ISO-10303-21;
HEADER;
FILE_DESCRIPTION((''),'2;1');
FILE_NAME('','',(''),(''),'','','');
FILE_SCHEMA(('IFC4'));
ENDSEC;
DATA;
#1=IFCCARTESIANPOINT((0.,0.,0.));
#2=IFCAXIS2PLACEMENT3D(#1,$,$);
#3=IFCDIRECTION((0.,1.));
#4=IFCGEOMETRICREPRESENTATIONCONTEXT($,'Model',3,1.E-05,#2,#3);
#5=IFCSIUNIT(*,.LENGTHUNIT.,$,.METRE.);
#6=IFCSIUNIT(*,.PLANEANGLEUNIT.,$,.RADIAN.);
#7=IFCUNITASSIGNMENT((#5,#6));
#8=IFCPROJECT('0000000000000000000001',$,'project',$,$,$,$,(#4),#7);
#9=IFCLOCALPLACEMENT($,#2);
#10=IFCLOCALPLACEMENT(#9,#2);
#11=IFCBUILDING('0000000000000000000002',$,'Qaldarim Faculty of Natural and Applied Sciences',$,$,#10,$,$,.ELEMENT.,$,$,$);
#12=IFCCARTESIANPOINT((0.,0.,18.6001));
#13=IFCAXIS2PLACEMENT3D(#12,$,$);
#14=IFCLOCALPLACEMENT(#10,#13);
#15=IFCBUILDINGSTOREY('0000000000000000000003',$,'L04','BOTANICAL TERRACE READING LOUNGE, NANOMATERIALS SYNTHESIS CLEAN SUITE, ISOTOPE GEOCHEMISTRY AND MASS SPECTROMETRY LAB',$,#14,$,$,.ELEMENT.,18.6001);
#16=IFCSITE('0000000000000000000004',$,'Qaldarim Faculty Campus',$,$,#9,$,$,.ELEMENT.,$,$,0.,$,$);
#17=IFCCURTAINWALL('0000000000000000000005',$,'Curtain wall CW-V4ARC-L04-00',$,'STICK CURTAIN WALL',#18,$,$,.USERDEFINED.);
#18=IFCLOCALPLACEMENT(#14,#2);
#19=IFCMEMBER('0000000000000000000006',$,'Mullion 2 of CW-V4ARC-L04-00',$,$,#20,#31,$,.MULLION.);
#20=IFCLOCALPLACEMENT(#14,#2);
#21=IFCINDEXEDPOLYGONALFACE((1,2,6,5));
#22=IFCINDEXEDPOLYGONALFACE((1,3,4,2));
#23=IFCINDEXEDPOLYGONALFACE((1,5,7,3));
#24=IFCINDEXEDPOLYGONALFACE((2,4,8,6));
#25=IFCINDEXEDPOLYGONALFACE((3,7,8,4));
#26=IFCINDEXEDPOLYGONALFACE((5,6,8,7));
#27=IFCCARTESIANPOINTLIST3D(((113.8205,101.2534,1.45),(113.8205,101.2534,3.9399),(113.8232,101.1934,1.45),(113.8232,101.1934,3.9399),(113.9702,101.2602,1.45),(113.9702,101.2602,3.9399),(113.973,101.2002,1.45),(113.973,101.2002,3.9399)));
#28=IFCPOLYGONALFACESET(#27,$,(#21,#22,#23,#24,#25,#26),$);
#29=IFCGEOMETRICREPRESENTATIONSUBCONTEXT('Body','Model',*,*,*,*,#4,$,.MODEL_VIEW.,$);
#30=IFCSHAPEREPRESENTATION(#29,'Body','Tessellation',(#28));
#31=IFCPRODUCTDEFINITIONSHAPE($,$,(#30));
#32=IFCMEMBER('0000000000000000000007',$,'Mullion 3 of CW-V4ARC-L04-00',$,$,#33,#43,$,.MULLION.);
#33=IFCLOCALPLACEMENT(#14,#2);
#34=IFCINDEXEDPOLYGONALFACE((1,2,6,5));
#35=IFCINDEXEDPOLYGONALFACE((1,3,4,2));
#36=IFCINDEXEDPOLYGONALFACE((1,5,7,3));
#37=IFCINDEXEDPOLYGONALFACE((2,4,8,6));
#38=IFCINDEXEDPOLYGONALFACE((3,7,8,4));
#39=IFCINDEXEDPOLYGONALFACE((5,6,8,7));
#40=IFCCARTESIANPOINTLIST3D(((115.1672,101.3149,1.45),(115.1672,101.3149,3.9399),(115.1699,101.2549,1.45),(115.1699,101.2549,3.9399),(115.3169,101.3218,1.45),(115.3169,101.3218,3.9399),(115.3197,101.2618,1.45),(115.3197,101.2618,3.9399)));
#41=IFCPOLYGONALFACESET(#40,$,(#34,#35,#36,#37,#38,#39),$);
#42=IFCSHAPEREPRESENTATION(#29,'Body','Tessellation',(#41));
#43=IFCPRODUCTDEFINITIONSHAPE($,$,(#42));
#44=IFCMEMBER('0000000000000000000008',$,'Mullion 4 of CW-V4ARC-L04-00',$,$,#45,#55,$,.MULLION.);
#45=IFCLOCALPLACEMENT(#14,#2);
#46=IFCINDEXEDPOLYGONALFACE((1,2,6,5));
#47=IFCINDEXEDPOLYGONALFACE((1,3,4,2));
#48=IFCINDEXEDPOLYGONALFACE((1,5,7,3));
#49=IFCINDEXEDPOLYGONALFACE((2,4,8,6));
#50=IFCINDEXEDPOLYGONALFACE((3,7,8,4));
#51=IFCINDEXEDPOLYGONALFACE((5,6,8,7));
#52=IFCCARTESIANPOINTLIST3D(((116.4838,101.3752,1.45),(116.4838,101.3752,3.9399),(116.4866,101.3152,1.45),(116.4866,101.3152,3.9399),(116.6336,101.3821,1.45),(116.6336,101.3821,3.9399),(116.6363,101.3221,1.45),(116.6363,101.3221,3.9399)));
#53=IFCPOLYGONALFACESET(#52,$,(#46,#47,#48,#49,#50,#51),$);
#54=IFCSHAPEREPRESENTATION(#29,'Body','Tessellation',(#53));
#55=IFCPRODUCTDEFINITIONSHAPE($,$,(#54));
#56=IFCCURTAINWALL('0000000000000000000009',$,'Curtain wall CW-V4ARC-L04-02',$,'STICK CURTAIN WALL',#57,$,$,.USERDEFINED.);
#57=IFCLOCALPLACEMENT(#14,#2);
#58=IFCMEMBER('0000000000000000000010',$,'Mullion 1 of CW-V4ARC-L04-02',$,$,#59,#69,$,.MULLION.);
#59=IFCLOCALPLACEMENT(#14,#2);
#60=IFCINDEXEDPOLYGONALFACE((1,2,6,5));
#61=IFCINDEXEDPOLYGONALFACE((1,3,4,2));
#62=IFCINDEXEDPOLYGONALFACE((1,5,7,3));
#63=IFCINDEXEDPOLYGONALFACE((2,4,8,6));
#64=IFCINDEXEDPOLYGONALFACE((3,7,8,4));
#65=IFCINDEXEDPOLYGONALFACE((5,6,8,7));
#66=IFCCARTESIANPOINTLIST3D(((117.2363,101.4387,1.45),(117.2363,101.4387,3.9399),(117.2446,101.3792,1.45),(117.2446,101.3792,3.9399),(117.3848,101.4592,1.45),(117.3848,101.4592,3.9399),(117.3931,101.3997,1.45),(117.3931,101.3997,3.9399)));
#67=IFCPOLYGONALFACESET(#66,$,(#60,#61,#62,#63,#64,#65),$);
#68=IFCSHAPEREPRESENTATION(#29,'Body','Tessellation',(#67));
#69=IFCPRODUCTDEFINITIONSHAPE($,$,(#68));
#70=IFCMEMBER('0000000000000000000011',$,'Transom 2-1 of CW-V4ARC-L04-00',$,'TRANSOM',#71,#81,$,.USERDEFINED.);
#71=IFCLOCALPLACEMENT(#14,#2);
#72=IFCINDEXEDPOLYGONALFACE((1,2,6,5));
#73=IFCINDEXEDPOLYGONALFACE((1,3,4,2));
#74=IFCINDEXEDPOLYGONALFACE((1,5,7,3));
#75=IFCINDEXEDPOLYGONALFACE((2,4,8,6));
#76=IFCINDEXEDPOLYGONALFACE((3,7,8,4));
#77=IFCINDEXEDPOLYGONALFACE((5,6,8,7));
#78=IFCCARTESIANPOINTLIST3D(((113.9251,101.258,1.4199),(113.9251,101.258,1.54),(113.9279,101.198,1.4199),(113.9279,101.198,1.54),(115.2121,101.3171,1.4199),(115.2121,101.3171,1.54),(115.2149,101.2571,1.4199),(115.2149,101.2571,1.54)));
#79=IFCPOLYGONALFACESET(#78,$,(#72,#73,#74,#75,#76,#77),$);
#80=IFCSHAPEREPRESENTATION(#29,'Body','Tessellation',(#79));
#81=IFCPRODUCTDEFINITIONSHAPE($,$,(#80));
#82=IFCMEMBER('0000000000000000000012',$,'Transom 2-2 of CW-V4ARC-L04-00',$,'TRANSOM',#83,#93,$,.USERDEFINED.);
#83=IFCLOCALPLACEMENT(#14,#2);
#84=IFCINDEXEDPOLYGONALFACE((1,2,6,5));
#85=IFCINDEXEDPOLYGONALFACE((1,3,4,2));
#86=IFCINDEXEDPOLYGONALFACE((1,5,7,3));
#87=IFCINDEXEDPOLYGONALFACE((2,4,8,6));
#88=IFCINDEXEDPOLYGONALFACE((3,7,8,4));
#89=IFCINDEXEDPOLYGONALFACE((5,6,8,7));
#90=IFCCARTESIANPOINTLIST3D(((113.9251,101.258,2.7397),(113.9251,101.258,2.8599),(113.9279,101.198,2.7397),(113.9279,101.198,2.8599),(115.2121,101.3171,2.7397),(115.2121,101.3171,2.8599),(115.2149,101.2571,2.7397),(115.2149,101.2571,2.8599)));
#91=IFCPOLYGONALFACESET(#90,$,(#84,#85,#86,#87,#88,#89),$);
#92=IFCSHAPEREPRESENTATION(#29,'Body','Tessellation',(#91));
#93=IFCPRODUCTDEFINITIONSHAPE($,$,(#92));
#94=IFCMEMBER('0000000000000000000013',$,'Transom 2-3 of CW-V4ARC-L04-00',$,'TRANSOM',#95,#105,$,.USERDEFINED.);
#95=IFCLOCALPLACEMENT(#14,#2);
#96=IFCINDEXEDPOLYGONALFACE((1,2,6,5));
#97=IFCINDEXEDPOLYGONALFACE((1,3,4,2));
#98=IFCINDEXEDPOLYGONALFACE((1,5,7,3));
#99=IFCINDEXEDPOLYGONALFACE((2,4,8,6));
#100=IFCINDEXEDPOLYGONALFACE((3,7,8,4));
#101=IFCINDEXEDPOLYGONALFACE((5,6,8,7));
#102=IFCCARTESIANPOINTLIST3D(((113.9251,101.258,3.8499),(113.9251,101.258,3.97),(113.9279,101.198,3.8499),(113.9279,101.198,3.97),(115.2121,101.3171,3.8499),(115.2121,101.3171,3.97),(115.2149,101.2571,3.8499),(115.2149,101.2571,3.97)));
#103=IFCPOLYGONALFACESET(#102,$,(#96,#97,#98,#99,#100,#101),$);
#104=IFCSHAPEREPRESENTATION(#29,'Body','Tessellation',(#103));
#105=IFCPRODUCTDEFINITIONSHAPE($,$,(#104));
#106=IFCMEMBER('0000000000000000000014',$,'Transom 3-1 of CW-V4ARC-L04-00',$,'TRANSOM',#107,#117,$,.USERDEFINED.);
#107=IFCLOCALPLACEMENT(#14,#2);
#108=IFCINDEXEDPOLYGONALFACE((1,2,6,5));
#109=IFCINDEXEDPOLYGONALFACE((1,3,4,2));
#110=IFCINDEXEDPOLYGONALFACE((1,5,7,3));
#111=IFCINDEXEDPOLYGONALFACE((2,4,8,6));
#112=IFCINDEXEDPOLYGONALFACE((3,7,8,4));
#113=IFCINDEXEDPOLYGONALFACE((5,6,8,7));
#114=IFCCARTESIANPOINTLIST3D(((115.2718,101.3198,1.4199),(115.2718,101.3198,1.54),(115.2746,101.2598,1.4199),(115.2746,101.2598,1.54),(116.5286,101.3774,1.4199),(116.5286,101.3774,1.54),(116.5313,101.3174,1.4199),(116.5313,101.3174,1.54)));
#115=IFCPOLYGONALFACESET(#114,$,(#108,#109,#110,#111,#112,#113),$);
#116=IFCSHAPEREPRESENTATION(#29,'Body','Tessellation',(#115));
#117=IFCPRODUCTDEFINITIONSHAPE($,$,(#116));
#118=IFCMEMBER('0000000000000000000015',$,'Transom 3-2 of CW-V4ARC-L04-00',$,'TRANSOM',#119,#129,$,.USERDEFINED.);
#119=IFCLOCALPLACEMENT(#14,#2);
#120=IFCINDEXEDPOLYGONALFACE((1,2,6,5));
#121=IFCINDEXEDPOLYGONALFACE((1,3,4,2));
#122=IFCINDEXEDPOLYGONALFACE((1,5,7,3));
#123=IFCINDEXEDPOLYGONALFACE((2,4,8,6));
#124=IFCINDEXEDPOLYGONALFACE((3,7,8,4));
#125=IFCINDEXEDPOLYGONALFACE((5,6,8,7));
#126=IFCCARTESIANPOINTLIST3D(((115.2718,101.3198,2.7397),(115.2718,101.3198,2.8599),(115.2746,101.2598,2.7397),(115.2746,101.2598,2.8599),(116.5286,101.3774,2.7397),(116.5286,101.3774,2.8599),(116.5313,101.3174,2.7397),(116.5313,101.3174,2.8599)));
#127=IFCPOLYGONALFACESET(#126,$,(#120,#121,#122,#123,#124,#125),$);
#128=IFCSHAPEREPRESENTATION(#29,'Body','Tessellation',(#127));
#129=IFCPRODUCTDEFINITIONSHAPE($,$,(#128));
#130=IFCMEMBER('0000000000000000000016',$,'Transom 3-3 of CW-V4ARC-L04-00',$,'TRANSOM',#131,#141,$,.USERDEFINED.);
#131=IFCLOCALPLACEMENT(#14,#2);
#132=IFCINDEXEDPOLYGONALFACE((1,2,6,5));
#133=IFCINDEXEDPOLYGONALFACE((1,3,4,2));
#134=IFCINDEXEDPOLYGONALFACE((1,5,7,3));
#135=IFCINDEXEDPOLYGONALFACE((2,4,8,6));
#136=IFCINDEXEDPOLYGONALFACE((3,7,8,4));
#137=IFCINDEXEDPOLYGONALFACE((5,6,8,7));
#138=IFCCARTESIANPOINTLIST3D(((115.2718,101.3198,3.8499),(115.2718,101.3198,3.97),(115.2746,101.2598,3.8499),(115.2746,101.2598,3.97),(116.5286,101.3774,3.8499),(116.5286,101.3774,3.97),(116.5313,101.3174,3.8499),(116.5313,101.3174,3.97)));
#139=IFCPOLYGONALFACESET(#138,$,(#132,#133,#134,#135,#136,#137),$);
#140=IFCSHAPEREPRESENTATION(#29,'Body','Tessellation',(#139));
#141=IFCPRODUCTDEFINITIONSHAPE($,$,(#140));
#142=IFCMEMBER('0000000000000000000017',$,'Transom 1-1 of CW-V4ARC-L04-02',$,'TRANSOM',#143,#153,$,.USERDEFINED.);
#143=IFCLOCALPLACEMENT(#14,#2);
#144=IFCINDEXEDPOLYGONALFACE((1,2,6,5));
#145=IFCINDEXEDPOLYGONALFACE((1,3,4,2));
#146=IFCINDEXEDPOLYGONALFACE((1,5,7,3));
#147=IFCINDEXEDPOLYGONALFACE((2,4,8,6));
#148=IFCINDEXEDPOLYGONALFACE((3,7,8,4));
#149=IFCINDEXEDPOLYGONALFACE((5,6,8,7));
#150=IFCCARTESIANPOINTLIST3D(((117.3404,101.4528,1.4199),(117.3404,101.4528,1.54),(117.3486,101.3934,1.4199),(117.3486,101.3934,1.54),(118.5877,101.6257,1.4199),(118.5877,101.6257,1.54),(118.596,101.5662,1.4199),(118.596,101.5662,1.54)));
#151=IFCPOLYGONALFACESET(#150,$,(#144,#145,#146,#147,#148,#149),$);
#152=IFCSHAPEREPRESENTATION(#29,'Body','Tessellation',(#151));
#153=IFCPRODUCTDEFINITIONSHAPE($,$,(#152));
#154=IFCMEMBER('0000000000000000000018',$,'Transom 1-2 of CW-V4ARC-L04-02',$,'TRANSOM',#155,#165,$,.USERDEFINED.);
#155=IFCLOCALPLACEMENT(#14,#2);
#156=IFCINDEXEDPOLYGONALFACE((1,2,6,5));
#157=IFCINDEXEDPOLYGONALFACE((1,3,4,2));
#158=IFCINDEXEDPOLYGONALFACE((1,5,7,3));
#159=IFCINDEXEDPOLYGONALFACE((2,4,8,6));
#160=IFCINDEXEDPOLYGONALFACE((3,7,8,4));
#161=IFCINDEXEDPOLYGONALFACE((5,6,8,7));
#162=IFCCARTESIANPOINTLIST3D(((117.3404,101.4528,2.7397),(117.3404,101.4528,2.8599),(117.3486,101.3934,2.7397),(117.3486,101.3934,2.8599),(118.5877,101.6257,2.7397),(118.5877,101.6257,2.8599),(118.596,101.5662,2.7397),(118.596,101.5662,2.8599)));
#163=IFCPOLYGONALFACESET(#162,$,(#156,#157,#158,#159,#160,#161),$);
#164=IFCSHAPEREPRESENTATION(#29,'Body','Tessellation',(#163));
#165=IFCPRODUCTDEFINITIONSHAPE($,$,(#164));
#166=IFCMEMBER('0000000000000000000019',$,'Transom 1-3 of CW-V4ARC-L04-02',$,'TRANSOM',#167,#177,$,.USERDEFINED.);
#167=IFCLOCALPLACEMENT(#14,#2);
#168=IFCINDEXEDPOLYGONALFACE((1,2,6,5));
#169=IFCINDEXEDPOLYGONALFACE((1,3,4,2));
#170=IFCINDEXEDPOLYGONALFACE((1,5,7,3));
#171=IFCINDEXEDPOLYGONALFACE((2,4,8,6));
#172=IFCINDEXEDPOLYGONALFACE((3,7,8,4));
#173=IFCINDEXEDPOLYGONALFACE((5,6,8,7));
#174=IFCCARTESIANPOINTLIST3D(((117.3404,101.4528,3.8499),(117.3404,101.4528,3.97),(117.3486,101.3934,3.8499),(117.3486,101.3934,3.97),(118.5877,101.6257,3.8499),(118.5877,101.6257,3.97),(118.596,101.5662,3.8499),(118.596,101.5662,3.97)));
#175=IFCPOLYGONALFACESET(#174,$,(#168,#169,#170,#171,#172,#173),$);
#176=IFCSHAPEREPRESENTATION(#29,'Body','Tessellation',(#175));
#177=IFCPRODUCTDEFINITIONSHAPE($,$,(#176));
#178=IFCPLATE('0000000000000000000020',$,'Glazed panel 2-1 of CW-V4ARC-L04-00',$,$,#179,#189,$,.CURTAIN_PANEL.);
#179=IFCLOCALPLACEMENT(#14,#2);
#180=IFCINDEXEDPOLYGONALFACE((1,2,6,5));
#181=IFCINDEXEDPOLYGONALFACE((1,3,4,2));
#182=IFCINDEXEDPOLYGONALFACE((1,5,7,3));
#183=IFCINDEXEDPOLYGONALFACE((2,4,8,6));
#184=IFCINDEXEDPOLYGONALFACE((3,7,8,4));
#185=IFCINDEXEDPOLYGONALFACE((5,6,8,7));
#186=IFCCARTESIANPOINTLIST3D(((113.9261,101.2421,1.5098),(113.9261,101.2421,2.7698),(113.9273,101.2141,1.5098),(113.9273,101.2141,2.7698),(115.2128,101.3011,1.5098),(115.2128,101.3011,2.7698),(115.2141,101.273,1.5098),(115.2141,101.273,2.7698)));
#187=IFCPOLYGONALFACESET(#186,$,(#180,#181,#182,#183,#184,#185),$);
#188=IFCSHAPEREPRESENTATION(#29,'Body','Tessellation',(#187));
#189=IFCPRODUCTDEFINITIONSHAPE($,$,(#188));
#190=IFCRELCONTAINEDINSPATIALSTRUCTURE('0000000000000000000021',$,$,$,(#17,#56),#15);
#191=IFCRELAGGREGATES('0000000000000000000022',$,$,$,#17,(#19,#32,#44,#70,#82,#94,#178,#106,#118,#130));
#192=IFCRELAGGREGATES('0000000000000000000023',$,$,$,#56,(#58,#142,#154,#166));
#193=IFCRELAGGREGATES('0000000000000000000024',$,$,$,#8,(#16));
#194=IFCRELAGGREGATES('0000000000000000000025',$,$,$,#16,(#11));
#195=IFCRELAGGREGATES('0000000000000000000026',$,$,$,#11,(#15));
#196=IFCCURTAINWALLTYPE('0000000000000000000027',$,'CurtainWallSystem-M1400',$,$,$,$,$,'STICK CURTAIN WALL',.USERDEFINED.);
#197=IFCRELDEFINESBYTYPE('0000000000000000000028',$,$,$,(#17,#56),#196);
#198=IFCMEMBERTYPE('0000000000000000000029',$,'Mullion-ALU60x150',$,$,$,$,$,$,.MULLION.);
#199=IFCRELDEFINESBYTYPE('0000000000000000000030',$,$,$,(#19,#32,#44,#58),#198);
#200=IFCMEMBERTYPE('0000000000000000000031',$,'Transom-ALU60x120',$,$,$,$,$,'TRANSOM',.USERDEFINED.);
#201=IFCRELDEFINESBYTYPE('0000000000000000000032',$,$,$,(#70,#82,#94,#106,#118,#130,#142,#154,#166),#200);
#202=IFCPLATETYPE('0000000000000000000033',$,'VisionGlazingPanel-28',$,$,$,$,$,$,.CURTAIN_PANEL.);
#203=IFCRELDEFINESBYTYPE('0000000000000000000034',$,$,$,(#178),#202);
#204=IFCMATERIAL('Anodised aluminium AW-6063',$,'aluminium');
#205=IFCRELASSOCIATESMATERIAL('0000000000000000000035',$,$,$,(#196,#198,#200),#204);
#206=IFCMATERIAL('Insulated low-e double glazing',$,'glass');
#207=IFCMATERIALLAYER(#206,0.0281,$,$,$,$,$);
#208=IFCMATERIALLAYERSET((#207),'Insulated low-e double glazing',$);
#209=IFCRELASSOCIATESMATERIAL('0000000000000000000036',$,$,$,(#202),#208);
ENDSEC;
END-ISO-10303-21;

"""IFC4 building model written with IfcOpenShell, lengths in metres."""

from ifc_helpers import new_model, si_unit, direction, frame, origin, origin_2d, place, context, subcontext, project, spatial, rectangle, extrude, material, layer, layer_set, material_profile, profile_set, type_object, element, aggregate, save


model = new_model("IFC4")

# Units and contexts
model_context = context("Model", 3, precision=1e-05, world=origin(), true_north=direction((0.0, 1.0)))
body_context = subcontext(model_context, "Body", "Model", "MODEL_VIEW")
ifc_project = project(units=[si_unit("LENGTHUNIT", "METRE"), si_unit("PLANEANGLEUNIT", "RADIAN")], contexts=[model_context])

# Site, building, storey
site_placement = place(None, origin())
site = spatial("IfcSite", under=ifc_project, at=site_placement, Name="Qaldarim Faculty Campus", CompositionType="ELEMENT", RefElevation=0.0)
building_placement = place(site_placement, origin())
building = spatial("IfcBuilding", under=site, at=building_placement, Name="Qaldarim Faculty of Natural and Applied Sciences", CompositionType="ELEMENT")
storey_placement = place(building_placement, frame((0.0, 0.0, 18.6001)))
storey = spatial("IfcBuildingStorey", under=building, at=storey_placement, Name="L04", Description="BOTANICAL TERRACE READING LOUNGE, NANOMATERIALS SYNTHESIS CLEAN SUITE, ISOTOPE GEOCHEMISTRY AND MASS SPECTROMETRY LAB", CompositionType="ELEMENT", Elevation=18.6001)

# Curtain wall, members
ifc_material_1 = material(Name="Anodised aluminium AW-6063", Category="aluminium")
curtain_wall_type = type_object("IfcCurtainWallType", Name="CurtainWallSystem-M1400", ElementType="STICK CURTAIN WALL", PredefinedType="USERDEFINED", material=ifc_material_1)
curtain_wall_1_placement = place(storey_placement, origin())
curtain_wall_1 = element("IfcCurtainWall", 1, at=curtain_wall_1_placement, inside=storey, type_object=curtain_wall_type, Name="Curtain wall CW-V4ARC-L04-00", ObjectType="STICK CURTAIN WALL", PredefinedType="USERDEFINED")
ifc_material_profile_1 = material_profile(ifc_material_1, rectangle(XDim=0.0601, YDim=0.1499, at=origin_2d()), Name="ALU-M60x150")
ifc_profile_set_1 = profile_set([ifc_material_profile_1], Name="Anodised aluminium AW-6063")
member_type_1 = type_object("IfcMemberType", Name="Mullion-ALU60x150", PredefinedType="MULLION", material=ifc_profile_set_1)
member_1_placement = place(storey_placement, frame((113.8967, 101.2268, 1.45), z_axis=(0.0, 0.0, 1.0), x_axis=(-0.045747, 0.998953, 0.0)))
member_1 = element("IfcMember", 2, at=member_1_placement, type_object=member_type_1, Name="Mullion 2 of CW-V4ARC-L04-00", PredefinedType="MULLION", context=body_context, shape_type="SweptSolid", body=[
    extrude(rectangle(XDim=0.0601, YDim=0.1499, at=origin_2d()), origin(), (0.0, 0.0, 1.0), 2.49),
])
member_2_placement = place(storey_placement, frame((115.2434, 101.2883, 1.45), z_axis=(0.0, 0.0, 1.0), x_axis=(-0.045747, 0.998953, 0.0)))
member_2 = element("IfcMember", 3, at=member_2_placement, type_object=member_type_1, Name="Mullion 3 of CW-V4ARC-L04-00", PredefinedType="MULLION", context=body_context, shape_type="SweptSolid", body=[
    extrude(rectangle(XDim=0.0601, YDim=0.1499, at=origin_2d()), origin(), (0.0, 0.0, 1.0), 2.49),
])
member_3_placement = place(storey_placement, frame((116.5601, 101.3486, 1.45), z_axis=(0.0, 0.0, 1.0), x_axis=(-0.045747, 0.998953, 0.0)))
member_3 = element("IfcMember", 4, at=member_3_placement, type_object=member_type_1, Name="Mullion 4 of CW-V4ARC-L04-00", PredefinedType="MULLION", context=body_context, shape_type="SweptSolid", body=[
    extrude(rectangle(XDim=0.0601, YDim=0.1499, at=origin_2d()), origin(), (0.0, 0.0, 1.0), 2.49),
])

# Curtain wall, member
curtain_wall_2_placement = place(storey_placement, origin())
curtain_wall_2 = element("IfcCurtainWall", 5, at=curtain_wall_2_placement, inside=storey, type_object=curtain_wall_type, Name="Curtain wall CW-V4ARC-L04-02", ObjectType="STICK CURTAIN WALL", PredefinedType="USERDEFINED")
member_4_placement = place(storey_placement, frame((117.3147, 101.4192, 1.45), z_axis=(0.0, 0.0, 1.0), x_axis=(-0.137099, 0.990557, 0.0)))
member_4 = element("IfcMember", 6, at=member_4_placement, type_object=member_type_1, Name="Mullion 1 of CW-V4ARC-L04-02", PredefinedType="MULLION", context=body_context, shape_type="SweptSolid", body=[
    extrude(rectangle(XDim=0.0601, YDim=0.1499, at=origin_2d()), origin(), (0.0, 0.0, 1.0), 2.49),
])

# Members
ifc_material_profile_2 = material_profile(ifc_material_1, rectangle(XDim=0.0601, YDim=0.1201, at=origin_2d()), Name="ALU-T60x120")
ifc_profile_set_2 = profile_set([ifc_material_profile_2], Name="Anodised aluminium AW-6063")
member_type_2 = type_object("IfcMemberType", Name="Transom-ALU60x120", ElementType="TRANSOM", PredefinedType="USERDEFINED", material=ifc_profile_set_2)
member_5_placement = place(storey_placement, frame((113.9265, 101.228, 1.48), z_axis=(0.998948, 0.045863, 0.0), x_axis=(-0.045863, 0.998948, 0.0)))
member_5 = element("IfcMember", 7, at=member_5_placement, type_object=member_type_2, Name="Transom 2-1 of CW-V4ARC-L04-00", ObjectType="TRANSOM", PredefinedType="USERDEFINED", context=body_context, shape_type="SweptSolid", body=[
    extrude(rectangle(XDim=0.0601, YDim=0.1201, at=origin_2d()), origin(), (0.0, 0.0, 1.0), 1.2883),
])
member_6_placement = place(storey_placement, frame((113.9265, 101.228, 2.7998), z_axis=(0.998948, 0.045863, 0.0), x_axis=(-0.045863, 0.998948, 0.0)))
member_6 = element("IfcMember", 8, at=member_6_placement, type_object=member_type_2, Name="Transom 2-2 of CW-V4ARC-L04-00", ObjectType="TRANSOM", PredefinedType="USERDEFINED", context=body_context, shape_type="SweptSolid", body=[
    extrude(rectangle(XDim=0.0601, YDim=0.1201, at=origin_2d()), origin(), (0.0, 0.0, 1.0), 1.2883),
])
member_7_placement = place(storey_placement, frame((113.9265, 101.228, 3.9099), z_axis=(0.998948, 0.045863, 0.0), x_axis=(-0.045863, 0.998948, 0.0)))
member_7 = element("IfcMember", 9, at=member_7_placement, type_object=member_type_2, Name="Transom 2-3 of CW-V4ARC-L04-00", ObjectType="TRANSOM", PredefinedType="USERDEFINED", context=body_context, shape_type="SweptSolid", body=[
    extrude(rectangle(XDim=0.0601, YDim=0.1201, at=origin_2d()), origin(), (0.0, 0.0, 1.0), 1.2883),
])
member_8_placement = place(storey_placement, frame((115.2732, 101.2898, 1.48), z_axis=(0.998951, 0.045795, 0.0), x_axis=(-0.045795, 0.998951, 0.0)))
member_8 = element("IfcMember", 10, at=member_8_placement, type_object=member_type_2, Name="Transom 3-1 of CW-V4ARC-L04-00", ObjectType="TRANSOM", PredefinedType="USERDEFINED", context=body_context, shape_type="SweptSolid", body=[
    extrude(rectangle(XDim=0.0601, YDim=0.1201, at=origin_2d()), origin(), (0.0, 0.0, 1.0), 1.2581),
])
member_9_placement = place(storey_placement, frame((115.2732, 101.2898, 2.7998), z_axis=(0.998951, 0.045795, 0.0), x_axis=(-0.045795, 0.998951, 0.0)))
member_9 = element("IfcMember", 11, at=member_9_placement, type_object=member_type_2, Name="Transom 3-2 of CW-V4ARC-L04-00", ObjectType="TRANSOM", PredefinedType="USERDEFINED", context=body_context, shape_type="SweptSolid", body=[
    extrude(rectangle(XDim=0.0601, YDim=0.1201, at=origin_2d()), origin(), (0.0, 0.0, 1.0), 1.2581),
])
member_10_placement = place(storey_placement, frame((115.2732, 101.2898, 3.9099), z_axis=(0.998951, 0.045795, 0.0), x_axis=(-0.045795, 0.998951, 0.0)))
member_10 = element("IfcMember", 12, at=member_10_placement, type_object=member_type_2, Name="Transom 3-3 of CW-V4ARC-L04-00", ObjectType="TRANSOM", PredefinedType="USERDEFINED", context=body_context, shape_type="SweptSolid", body=[
    extrude(rectangle(XDim=0.0601, YDim=0.1201, at=origin_2d()), origin(), (0.0, 0.0, 1.0), 1.2581),
])
member_11_placement = place(storey_placement, frame((117.3445, 101.4231, 1.48), z_axis=(0.990534, 0.137267, 0.0), x_axis=(-0.137267, 0.990534, 0.0)))
member_11 = element("IfcMember", 13, at=member_11_placement, type_object=member_type_2, Name="Transom 1-1 of CW-V4ARC-L04-02", ObjectType="TRANSOM", PredefinedType="USERDEFINED", context=body_context, shape_type="SweptSolid", body=[
    extrude(rectangle(XDim=0.0601, YDim=0.1201, at=origin_2d()), origin(), (0.0, 0.0, 1.0), 1.2593),
])
member_12_placement = place(storey_placement, frame((117.3445, 101.4231, 2.7998), z_axis=(0.990534, 0.137267, 0.0), x_axis=(-0.137267, 0.990534, 0.0)))
member_12 = element("IfcMember", 14, at=member_12_placement, type_object=member_type_2, Name="Transom 1-2 of CW-V4ARC-L04-02", ObjectType="TRANSOM", PredefinedType="USERDEFINED", context=body_context, shape_type="SweptSolid", body=[
    extrude(rectangle(XDim=0.0601, YDim=0.1201, at=origin_2d()), origin(), (0.0, 0.0, 1.0), 1.2593),
])
member_13_placement = place(storey_placement, frame((117.3445, 101.4231, 3.9099), z_axis=(0.990534, 0.137267, 0.0), x_axis=(-0.137267, 0.990534, 0.0)))
member_13 = element("IfcMember", 15, at=member_13_placement, type_object=member_type_2, Name="Transom 1-3 of CW-V4ARC-L04-02", ObjectType="TRANSOM", PredefinedType="USERDEFINED", context=body_context, shape_type="SweptSolid", body=[
    extrude(rectangle(XDim=0.0601, YDim=0.1201, at=origin_2d()), origin(), (0.0, 0.0, 1.0), 1.2593),
])

# Plate
ifc_material_2 = material(Name="Insulated low-e double glazing", Category="glass")
ifc_layer_1 = layer(ifc_material_2, 0.0281)
ifc_layer_set_1 = layer_set([ifc_layer_1], Name="Insulated low-e double glazing")
plate_type = type_object("IfcPlateType", Name="VisionGlazingPanel-28", PredefinedType="CURTAIN_PANEL", material=ifc_layer_set_1)
plate_1_placement = place(storey_placement, frame((114.5701, 101.2576, 1.5098), z_axis=(0.0, 0.0, 1.0), x_axis=(0.998953, 0.045747, 0.0)))
plate_1 = element("IfcPlate", 16, at=plate_1_placement, type_object=plate_type, Name="Glazed panel 2-1 of CW-V4ARC-L04-00", PredefinedType="CURTAIN_PANEL", context=body_context, shape_type="SweptSolid", body=[
    extrude(rectangle(XDim=1.2881, YDim=0.0281, at=origin_2d()), origin(), (0.0, 0.0, 1.0), 1.26),
])
aggregate(curtain_wall_1, [member_1, member_2, member_3, member_5, member_6, member_7, plate_1, member_8, member_9, member_10])
aggregate(curtain_wall_2, [member_4, member_11, member_12, member_13])

save(model, "model.ifc")
